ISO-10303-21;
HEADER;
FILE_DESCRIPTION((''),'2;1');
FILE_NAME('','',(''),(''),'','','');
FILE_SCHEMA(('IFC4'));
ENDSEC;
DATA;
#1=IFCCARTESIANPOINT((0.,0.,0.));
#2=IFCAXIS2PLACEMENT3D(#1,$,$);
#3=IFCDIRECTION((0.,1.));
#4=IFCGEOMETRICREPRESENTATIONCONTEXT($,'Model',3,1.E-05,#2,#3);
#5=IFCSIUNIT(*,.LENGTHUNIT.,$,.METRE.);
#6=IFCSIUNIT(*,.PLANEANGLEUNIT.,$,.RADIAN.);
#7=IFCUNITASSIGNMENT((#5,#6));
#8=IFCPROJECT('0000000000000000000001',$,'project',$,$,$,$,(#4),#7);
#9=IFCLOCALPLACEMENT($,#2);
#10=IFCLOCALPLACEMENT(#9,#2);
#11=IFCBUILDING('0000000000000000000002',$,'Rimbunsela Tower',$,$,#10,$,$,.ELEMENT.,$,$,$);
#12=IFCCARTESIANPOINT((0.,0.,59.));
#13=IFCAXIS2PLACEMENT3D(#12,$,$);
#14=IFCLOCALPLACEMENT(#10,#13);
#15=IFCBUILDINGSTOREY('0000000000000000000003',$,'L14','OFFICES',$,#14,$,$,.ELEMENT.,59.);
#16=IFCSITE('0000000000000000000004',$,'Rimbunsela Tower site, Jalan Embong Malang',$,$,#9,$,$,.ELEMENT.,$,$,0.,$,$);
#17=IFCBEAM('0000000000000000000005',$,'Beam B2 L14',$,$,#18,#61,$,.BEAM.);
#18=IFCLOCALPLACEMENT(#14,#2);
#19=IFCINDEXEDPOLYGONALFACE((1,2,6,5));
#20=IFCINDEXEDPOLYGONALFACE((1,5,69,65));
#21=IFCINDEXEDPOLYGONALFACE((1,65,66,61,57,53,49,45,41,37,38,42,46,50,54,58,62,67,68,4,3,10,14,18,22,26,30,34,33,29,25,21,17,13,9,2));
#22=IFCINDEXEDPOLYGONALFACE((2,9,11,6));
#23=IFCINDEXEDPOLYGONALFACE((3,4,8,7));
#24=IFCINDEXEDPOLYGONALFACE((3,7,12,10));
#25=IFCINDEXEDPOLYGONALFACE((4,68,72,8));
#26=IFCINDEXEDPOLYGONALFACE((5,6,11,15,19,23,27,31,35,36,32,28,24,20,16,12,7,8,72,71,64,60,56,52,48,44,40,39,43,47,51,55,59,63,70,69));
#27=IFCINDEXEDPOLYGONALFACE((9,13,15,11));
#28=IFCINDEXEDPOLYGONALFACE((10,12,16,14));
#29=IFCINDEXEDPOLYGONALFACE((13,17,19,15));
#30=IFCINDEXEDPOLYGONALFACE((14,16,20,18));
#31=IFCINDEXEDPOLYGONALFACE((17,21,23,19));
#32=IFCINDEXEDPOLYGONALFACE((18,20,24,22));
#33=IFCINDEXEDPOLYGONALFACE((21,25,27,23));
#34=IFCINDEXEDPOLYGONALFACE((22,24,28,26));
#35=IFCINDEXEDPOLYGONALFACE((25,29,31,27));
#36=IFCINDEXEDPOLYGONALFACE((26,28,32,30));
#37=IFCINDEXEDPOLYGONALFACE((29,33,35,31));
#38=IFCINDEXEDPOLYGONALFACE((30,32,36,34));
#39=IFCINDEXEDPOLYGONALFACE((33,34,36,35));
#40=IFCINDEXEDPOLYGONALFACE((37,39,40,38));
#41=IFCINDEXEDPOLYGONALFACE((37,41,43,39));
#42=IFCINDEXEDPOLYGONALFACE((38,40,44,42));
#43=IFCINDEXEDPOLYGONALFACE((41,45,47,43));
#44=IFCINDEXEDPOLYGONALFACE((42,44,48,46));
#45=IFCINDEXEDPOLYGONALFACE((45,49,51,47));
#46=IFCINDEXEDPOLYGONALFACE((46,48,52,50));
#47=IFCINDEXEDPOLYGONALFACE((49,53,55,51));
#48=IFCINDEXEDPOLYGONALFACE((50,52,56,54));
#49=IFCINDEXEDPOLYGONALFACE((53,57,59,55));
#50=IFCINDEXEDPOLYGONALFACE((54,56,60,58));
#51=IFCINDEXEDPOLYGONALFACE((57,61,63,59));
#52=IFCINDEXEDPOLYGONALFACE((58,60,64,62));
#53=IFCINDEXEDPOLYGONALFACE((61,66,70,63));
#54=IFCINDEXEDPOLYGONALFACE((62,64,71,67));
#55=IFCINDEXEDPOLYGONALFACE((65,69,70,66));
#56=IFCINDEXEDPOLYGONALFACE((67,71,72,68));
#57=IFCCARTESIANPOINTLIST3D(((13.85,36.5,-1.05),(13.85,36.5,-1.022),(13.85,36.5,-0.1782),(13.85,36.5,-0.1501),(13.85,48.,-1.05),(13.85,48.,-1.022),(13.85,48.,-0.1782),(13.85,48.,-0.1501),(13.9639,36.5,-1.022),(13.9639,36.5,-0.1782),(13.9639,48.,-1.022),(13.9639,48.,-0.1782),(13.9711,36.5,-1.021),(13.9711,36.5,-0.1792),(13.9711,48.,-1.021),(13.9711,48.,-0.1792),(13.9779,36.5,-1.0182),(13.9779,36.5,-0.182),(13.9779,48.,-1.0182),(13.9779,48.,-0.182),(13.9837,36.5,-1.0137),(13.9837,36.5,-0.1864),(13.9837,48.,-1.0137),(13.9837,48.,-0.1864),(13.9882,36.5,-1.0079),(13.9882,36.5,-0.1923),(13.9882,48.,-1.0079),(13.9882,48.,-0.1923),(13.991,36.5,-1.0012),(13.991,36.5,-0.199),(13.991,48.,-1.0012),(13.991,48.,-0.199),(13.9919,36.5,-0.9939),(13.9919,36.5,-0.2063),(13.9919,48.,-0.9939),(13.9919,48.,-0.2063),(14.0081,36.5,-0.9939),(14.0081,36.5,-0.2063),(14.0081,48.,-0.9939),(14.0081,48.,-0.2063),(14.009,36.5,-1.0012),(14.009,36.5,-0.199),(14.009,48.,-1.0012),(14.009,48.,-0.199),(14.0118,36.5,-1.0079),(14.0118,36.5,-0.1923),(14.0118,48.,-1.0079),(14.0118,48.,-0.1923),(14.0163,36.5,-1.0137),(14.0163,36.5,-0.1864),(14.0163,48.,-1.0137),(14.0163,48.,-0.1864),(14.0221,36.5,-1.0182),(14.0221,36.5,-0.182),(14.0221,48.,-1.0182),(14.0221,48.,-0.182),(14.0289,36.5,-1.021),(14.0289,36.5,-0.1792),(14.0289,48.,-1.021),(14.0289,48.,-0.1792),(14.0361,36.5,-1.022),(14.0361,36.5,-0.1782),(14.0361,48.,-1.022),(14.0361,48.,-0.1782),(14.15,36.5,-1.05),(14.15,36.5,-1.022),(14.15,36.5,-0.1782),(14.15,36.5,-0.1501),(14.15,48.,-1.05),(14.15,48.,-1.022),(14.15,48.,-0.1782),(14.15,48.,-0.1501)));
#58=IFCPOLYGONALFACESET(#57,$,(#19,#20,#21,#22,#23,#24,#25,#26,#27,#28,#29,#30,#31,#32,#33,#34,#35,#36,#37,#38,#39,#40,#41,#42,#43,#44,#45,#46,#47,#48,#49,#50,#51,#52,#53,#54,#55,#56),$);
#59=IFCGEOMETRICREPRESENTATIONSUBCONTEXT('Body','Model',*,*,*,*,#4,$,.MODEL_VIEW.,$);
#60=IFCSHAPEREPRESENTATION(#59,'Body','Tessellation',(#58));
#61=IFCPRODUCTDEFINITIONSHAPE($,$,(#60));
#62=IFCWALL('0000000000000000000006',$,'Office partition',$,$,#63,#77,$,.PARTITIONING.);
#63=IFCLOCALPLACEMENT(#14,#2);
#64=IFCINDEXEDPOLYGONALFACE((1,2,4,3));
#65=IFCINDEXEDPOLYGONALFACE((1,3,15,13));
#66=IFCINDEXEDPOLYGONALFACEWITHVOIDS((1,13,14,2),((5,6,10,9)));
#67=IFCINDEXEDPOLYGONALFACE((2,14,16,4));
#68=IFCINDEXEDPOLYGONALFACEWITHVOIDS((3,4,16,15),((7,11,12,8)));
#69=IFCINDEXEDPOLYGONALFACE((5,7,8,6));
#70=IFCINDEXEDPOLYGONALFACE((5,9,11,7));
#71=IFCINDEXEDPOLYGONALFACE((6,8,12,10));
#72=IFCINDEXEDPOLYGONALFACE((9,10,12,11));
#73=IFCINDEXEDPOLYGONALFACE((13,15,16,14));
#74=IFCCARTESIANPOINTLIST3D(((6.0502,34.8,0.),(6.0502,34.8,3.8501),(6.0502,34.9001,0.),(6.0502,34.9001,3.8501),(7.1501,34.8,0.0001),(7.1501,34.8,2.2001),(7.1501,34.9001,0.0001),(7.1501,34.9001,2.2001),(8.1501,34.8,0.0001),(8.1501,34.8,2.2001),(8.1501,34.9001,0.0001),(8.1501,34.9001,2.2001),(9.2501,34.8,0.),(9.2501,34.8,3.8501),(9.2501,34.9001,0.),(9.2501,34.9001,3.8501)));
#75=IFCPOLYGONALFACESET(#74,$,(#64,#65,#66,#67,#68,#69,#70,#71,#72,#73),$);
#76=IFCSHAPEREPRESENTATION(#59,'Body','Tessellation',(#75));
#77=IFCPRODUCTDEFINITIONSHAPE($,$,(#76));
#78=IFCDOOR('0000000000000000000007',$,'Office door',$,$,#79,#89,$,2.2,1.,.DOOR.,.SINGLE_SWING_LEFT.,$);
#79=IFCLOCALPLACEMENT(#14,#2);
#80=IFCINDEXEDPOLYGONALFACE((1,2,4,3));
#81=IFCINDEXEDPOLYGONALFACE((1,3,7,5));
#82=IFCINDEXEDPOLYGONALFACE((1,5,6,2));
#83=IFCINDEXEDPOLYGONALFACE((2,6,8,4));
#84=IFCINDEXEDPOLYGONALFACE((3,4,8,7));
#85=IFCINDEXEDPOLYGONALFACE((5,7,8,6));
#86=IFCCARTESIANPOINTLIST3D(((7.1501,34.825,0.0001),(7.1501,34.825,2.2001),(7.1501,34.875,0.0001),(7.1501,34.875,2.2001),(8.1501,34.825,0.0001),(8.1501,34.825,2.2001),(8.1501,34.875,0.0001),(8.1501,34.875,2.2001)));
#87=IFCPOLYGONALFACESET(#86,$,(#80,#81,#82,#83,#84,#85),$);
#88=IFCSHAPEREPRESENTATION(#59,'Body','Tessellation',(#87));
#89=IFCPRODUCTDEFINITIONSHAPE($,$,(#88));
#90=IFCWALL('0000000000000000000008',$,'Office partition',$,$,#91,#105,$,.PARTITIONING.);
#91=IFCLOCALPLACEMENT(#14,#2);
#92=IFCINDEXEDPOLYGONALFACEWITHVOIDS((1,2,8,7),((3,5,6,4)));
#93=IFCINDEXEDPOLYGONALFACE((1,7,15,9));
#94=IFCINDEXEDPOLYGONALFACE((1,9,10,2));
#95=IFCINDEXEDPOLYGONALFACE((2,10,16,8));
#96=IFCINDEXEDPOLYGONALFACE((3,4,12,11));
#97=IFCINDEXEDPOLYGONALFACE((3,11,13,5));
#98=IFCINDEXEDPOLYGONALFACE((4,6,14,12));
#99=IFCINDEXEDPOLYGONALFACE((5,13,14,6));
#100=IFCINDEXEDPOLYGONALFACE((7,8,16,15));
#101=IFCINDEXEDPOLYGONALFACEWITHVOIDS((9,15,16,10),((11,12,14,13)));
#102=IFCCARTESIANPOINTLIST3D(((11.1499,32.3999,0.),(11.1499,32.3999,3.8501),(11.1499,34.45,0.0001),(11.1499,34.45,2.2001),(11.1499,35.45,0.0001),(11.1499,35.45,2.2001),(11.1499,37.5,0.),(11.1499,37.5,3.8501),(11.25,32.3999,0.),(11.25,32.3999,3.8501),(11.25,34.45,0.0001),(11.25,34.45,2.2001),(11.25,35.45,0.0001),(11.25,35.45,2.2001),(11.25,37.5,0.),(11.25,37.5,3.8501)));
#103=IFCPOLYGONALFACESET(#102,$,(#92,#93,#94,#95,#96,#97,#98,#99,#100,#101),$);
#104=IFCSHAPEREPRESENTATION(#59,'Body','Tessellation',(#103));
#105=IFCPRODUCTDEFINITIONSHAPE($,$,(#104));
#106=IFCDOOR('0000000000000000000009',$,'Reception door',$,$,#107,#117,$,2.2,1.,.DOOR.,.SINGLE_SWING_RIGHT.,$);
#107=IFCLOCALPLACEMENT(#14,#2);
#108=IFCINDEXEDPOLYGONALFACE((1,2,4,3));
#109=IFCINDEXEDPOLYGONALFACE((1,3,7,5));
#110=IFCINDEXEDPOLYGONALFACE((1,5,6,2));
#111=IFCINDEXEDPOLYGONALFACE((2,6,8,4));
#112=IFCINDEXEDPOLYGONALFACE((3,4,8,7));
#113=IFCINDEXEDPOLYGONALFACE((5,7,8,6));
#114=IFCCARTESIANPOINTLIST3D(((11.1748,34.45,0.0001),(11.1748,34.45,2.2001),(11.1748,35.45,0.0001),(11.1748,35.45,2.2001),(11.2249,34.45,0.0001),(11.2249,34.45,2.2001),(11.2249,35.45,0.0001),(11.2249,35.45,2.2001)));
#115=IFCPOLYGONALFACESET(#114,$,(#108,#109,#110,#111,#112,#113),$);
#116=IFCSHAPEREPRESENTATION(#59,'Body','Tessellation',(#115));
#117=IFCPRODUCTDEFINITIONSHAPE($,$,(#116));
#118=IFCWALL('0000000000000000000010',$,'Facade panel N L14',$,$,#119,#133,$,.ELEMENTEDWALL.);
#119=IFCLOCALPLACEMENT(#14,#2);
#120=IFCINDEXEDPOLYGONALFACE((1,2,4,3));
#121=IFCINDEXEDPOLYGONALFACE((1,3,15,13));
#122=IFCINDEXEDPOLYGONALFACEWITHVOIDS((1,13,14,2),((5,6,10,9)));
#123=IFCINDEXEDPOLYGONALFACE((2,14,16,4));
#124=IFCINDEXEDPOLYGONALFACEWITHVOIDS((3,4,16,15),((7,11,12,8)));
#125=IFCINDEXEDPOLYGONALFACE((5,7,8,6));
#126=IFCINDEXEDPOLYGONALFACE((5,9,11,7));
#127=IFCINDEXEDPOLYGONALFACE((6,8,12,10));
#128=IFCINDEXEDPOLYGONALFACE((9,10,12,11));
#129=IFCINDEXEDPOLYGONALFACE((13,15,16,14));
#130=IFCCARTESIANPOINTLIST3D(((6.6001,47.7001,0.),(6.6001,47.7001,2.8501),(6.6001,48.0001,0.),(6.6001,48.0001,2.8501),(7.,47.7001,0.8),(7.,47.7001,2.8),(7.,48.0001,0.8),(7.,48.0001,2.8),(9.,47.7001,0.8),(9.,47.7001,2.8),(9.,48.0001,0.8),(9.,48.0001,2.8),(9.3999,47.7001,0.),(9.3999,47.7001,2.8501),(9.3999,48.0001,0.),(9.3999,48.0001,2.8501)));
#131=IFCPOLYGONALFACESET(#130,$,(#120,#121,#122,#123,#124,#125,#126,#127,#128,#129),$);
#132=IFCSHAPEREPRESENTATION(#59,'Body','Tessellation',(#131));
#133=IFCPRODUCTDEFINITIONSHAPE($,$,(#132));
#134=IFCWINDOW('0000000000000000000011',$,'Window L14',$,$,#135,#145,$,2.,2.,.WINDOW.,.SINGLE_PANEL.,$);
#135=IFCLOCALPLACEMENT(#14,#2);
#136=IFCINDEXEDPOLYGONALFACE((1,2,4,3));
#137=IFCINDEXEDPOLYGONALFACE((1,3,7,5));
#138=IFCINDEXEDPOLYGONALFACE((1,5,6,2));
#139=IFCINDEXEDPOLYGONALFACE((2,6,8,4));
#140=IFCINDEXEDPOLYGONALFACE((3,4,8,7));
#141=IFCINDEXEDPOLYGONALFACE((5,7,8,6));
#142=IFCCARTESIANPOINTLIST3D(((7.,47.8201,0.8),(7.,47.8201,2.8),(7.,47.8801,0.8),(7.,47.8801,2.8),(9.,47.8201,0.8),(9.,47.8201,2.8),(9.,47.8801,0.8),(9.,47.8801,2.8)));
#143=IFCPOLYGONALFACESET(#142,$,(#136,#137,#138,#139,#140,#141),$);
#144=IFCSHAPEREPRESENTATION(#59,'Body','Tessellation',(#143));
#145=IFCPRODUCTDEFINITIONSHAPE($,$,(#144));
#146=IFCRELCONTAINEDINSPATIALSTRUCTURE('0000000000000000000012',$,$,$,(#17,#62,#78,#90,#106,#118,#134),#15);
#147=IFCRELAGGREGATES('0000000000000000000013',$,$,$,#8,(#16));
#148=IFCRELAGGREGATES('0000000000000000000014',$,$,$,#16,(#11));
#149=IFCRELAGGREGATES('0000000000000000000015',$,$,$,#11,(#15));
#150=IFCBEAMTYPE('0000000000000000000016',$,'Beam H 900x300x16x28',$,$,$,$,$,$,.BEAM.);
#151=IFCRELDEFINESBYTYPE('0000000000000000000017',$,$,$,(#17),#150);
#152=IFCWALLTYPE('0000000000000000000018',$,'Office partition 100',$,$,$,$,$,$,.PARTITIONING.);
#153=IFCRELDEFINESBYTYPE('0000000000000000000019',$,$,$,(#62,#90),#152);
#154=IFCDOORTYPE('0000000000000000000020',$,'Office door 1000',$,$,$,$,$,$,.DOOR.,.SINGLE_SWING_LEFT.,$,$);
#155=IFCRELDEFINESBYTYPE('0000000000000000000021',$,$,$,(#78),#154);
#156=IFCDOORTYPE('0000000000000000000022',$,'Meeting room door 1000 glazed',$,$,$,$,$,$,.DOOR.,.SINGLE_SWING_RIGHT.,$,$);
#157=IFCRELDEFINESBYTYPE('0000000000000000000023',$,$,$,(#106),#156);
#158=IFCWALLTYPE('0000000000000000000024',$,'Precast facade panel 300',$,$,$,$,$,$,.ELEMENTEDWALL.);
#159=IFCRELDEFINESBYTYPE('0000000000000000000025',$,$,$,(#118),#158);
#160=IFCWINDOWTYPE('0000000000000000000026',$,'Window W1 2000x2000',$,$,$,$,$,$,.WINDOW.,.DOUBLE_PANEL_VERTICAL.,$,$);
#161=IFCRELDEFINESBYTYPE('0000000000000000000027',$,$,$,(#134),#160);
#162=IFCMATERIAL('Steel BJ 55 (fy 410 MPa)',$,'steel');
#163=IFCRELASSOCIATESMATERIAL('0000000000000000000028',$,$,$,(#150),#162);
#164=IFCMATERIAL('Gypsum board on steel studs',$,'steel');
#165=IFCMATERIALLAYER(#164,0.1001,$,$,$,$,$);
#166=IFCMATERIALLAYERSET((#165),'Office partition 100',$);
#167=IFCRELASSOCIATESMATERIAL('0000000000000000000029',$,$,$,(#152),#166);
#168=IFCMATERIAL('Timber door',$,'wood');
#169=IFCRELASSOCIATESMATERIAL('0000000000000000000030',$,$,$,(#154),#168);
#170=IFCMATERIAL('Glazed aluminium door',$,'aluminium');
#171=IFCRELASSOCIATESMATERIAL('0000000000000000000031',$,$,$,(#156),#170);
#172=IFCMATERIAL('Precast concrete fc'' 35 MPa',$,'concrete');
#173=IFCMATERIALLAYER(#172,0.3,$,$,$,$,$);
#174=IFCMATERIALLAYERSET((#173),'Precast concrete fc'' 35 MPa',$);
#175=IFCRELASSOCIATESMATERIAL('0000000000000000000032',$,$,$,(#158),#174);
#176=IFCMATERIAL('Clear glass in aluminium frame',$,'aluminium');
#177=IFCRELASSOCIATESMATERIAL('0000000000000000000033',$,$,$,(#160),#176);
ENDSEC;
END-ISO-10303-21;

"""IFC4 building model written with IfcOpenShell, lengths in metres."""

from ifc_helpers import new_model, si_unit, direction, frame, frame_2d, origin, origin_2d, place, context, subcontext, project, spatial, rectangle, i_section, extrude, material, layer, layer_set, material_profile, profile_set, type_object, element, fill, save


model = new_model("IFC4")

# Units and contexts
model_context = context("Model", 3, precision=1e-05, world=origin(), true_north=direction((0.0, 1.0)))
body_context = subcontext(model_context, "Body", "Model", "MODEL_VIEW")
ifc_project = project(units=[si_unit("LENGTHUNIT", "METRE"), si_unit("PLANEANGLEUNIT", "RADIAN")], contexts=[model_context])

# Site, building, storey
site_placement = place(None, origin())
site = spatial("IfcSite", under=ifc_project, at=site_placement, Name="Rimbunsela Tower site, Jalan Embong Malang", CompositionType="ELEMENT", RefElevation=0.0)
building_placement = place(site_placement, origin())
building = spatial("IfcBuilding", under=site, at=building_placement, Name="Rimbunsela Tower", CompositionType="ELEMENT")
storey_placement = place(building_placement, frame((0.0, 0.0, 59.0)))
storey = spatial("IfcBuildingStorey", under=building, at=storey_placement, Name="L14", Description="OFFICES", CompositionType="ELEMENT", Elevation=59.0)

# Beam
ifc_material_1 = material(Name="Steel BJ 55 (fy 410 MPa)", Category="steel")
ifc_material_profile_1 = material_profile(ifc_material_1, i_section(OverallWidth=0.3, OverallDepth=0.8999, WebThickness=0.0161, FlangeThickness=0.0281, FilletRadius=0.0281, at=origin_2d()), Name="H 900x300x16x28")
ifc_profile_set_1 = profile_set([ifc_material_profile_1], Name="Steel BJ 55 (fy 410 MPa)")
beam_type_1 = type_object("IfcBeamType", Name="Beam H 900x300x16x28", PredefinedType="BEAM", material=ifc_profile_set_1)
for number, where, z_axis, x_axis, name in (
    (1, (14.0, 36.5, -0.6001), (0.0, 1.0, 0.0), (-1.0, 0.0, 0.0), "Beam B2 L14"),
):
    element("IfcBeam", number, at=place(storey_placement, frame(where, z_axis=z_axis, x_axis=x_axis)), inside=storey, type_object=beam_type_1, Name=name, PredefinedType="BEAM", context=body_context, shape_type="SweptSolid", body=[
        extrude(i_section(OverallWidth=0.3, OverallDepth=0.8999, WebThickness=0.0161, FlangeThickness=0.0281, FilletRadius=0.0281, at=origin_2d()), origin(), (0.0, 0.0, 1.0), 11.5),
    ])

# Walls, openings, doors
ifc_material_2 = material(Name="Gypsum board on steel studs", Category="steel")
ifc_layer_1 = layer(ifc_material_2, 0.1001)
ifc_layer_set_1 = layer_set([ifc_layer_1], Name="Office partition 100")
wall_type_1 = type_object("IfcWallType", Name="Office partition 100", PredefinedType="PARTITIONING", material=ifc_layer_set_1)
wall_1_placement = place(storey_placement, frame((6.05, 34.8501, 0.0), z_axis=(0.0, 0.0, 1.0), x_axis=(1.0, 0.0, 0.0)))
wall_1 = element("IfcWall", 2, at=wall_1_placement, inside=storey, type_object=wall_type_1, Name="Office partition", PredefinedType="PARTITIONING", context=body_context, shape_type="SweptSolid", body=[
    extrude(rectangle(XDim=3.2, YDim=0.1001, at=frame_2d((1.6001, 0.0))), origin(), (0.0, 0.0, 1.0), 3.8501),
])
opening_1_placement = place(wall_1_placement, frame((1.1001, 0.0, 0.0)))
opening_1 = element("IfcOpeningElement", 3, at=opening_1_placement, cuts=wall_1, PredefinedType="OPENING", context=body_context, shape_type="SweptSolid", body=[
    extrude(rectangle(XDim=1.0, YDim=2.2, at=frame_2d((0.5, 1.1001))), frame((0.0, 0.0601, 0.0), z_axis=(0.0, -1.0, 0.0), x_axis=(1.0, 0.0, 0.0)), (0.0, 0.0, 1.0), 0.1201),
])
ifc_material_3 = material(Name="Timber door", Category="wood")
door_type_1 = type_object("IfcDoorType", Name="Office door 1000", OperationType="SINGLE_SWING_LEFT", PredefinedType="DOOR", material=ifc_material_3)
door_1_placement = place(opening_1_placement, origin())
door_1 = element("IfcDoor", 4, at=door_1_placement, inside=storey, type_object=door_type_1, Name="Office door", OperationType="SINGLE_SWING_LEFT", OverallHeight=2.2, OverallWidth=1.0, PredefinedType="DOOR", context=body_context, shape_type="SweptSolid", body=[
    extrude(rectangle(XDim=1.0, YDim=2.2, at=frame_2d((0.5, 1.1001))), frame((0.0, 0.0249, 0.0), z_axis=(0.0, -1.0, 0.0), x_axis=(1.0, 0.0, 0.0)), (0.0, 0.0, 1.0), 0.05),
])
fill(opening_1, door_1)
wall_2_placement = place(storey_placement, frame((11.2, 37.5, 0.0), z_axis=(0.0, 0.0, 1.0), x_axis=(0.0, -1.0, 0.0)))
wall_2 = element("IfcWall", 5, at=wall_2_placement, inside=storey, type_object=wall_type_1, Name="Office partition", PredefinedType="PARTITIONING", context=body_context, shape_type="SweptSolid", body=[
    extrude(rectangle(XDim=5.1001, YDim=0.1001, at=frame_2d((2.55, 0.0))), origin(), (0.0, 0.0, 1.0), 3.8501),
])
opening_2_placement = place(wall_2_placement, frame((2.05, 0.0, 0.0)))
opening_2 = element("IfcOpeningElement", 6, at=opening_2_placement, cuts=wall_2, PredefinedType="OPENING", context=body_context, shape_type="SweptSolid", body=[
    extrude(rectangle(XDim=1.0, YDim=2.2, at=frame_2d((0.5, 1.1001))), frame((0.0, 0.0601, 0.0), z_axis=(0.0, -1.0, 0.0), x_axis=(1.0, 0.0, 0.0)), (0.0, 0.0, 1.0), 0.1201),
])
ifc_material_4 = material(Name="Glazed aluminium door", Category="aluminium")
door_type_2 = type_object("IfcDoorType", Name="Meeting room door 1000 glazed", OperationType="SINGLE_SWING_RIGHT", PredefinedType="DOOR", material=ifc_material_4)
door_2_placement = place(opening_2_placement, origin())
door_2 = element("IfcDoor", 7, at=door_2_placement, inside=storey, type_object=door_type_2, Name="Reception door", OperationType="SINGLE_SWING_RIGHT", OverallHeight=2.2, OverallWidth=1.0, PredefinedType="DOOR", context=body_context, shape_type="SweptSolid", body=[
    extrude(rectangle(XDim=1.0, YDim=2.2, at=frame_2d((0.5, 1.1001))), frame((0.0, 0.0249, 0.0), z_axis=(0.0, -1.0, 0.0), x_axis=(1.0, 0.0, 0.0)), (0.0, 0.0, 1.0), 0.05),
])
fill(opening_2, door_2)

# Wall, opening, window
ifc_material_5 = material(Name="Precast concrete fc' 35 MPa", Category="concrete")
ifc_layer_2 = layer(ifc_material_5, 0.3)
ifc_layer_set_2 = layer_set([ifc_layer_2], Name="Precast concrete fc' 35 MPa")
wall_type_2 = type_object("IfcWallType", Name="Precast facade panel 300", PredefinedType="ELEMENTEDWALL", material=ifc_layer_set_2)
wall_3_placement = place(storey_placement, frame((9.3999, 47.8501, 0.0), z_axis=(0.0, 0.0, 1.0), x_axis=(-1.0, 0.0, 0.0)))
wall_3 = element("IfcWall", 8, at=wall_3_placement, inside=storey, type_object=wall_type_2, Name="Facade panel N L14", PredefinedType="ELEMENTEDWALL", context=body_context, shape_type="SweptSolid", body=[
    extrude(rectangle(XDim=2.7998, YDim=0.3, at=frame_2d((1.3999, 0.0))), origin(), (0.0, 0.0, 1.0), 2.8501),
])
opening_3_placement = place(wall_3_placement, frame((0.3999, 0.0, 0.8)))
opening_3 = element("IfcOpeningElement", 9, at=opening_3_placement, cuts=wall_3, PredefinedType="OPENING", context=body_context, shape_type="SweptSolid", body=[
    extrude(rectangle(XDim=2.0, YDim=2.0, at=frame_2d((1.0, 1.0))), frame((0.0, 0.1599, 0.0), z_axis=(0.0, -1.0, 0.0), x_axis=(1.0, 0.0, 0.0)), (0.0, 0.0, 1.0), 0.3201),
])
ifc_material_6 = material(Name="Clear glass in aluminium frame", Category="aluminium")
window_type = type_object("IfcWindowType", Name="Window W1 2000x2000", PartitioningType="DOUBLE_PANEL_VERTICAL", PredefinedType="WINDOW", material=ifc_material_6)
window_1_placement = place(opening_3_placement, origin())
window_1 = element("IfcWindow", 10, at=window_1_placement, inside=storey, type_object=window_type, Name="Window L14", OverallHeight=2.0, OverallWidth=2.0, PartitioningType="SINGLE_PANEL", PredefinedType="WINDOW", context=body_context, shape_type="SweptSolid", body=[
    extrude(rectangle(XDim=2.0, YDim=2.0, at=frame_2d((1.0, 1.0))), frame((0.0, 0.03, 0.0), z_axis=(0.0, -1.0, 0.0), x_axis=(1.0, 0.0, 0.0)), (0.0, 0.0, 1.0), 0.0601),
])
fill(opening_3, window_1)

save(model, "model.ifc")
